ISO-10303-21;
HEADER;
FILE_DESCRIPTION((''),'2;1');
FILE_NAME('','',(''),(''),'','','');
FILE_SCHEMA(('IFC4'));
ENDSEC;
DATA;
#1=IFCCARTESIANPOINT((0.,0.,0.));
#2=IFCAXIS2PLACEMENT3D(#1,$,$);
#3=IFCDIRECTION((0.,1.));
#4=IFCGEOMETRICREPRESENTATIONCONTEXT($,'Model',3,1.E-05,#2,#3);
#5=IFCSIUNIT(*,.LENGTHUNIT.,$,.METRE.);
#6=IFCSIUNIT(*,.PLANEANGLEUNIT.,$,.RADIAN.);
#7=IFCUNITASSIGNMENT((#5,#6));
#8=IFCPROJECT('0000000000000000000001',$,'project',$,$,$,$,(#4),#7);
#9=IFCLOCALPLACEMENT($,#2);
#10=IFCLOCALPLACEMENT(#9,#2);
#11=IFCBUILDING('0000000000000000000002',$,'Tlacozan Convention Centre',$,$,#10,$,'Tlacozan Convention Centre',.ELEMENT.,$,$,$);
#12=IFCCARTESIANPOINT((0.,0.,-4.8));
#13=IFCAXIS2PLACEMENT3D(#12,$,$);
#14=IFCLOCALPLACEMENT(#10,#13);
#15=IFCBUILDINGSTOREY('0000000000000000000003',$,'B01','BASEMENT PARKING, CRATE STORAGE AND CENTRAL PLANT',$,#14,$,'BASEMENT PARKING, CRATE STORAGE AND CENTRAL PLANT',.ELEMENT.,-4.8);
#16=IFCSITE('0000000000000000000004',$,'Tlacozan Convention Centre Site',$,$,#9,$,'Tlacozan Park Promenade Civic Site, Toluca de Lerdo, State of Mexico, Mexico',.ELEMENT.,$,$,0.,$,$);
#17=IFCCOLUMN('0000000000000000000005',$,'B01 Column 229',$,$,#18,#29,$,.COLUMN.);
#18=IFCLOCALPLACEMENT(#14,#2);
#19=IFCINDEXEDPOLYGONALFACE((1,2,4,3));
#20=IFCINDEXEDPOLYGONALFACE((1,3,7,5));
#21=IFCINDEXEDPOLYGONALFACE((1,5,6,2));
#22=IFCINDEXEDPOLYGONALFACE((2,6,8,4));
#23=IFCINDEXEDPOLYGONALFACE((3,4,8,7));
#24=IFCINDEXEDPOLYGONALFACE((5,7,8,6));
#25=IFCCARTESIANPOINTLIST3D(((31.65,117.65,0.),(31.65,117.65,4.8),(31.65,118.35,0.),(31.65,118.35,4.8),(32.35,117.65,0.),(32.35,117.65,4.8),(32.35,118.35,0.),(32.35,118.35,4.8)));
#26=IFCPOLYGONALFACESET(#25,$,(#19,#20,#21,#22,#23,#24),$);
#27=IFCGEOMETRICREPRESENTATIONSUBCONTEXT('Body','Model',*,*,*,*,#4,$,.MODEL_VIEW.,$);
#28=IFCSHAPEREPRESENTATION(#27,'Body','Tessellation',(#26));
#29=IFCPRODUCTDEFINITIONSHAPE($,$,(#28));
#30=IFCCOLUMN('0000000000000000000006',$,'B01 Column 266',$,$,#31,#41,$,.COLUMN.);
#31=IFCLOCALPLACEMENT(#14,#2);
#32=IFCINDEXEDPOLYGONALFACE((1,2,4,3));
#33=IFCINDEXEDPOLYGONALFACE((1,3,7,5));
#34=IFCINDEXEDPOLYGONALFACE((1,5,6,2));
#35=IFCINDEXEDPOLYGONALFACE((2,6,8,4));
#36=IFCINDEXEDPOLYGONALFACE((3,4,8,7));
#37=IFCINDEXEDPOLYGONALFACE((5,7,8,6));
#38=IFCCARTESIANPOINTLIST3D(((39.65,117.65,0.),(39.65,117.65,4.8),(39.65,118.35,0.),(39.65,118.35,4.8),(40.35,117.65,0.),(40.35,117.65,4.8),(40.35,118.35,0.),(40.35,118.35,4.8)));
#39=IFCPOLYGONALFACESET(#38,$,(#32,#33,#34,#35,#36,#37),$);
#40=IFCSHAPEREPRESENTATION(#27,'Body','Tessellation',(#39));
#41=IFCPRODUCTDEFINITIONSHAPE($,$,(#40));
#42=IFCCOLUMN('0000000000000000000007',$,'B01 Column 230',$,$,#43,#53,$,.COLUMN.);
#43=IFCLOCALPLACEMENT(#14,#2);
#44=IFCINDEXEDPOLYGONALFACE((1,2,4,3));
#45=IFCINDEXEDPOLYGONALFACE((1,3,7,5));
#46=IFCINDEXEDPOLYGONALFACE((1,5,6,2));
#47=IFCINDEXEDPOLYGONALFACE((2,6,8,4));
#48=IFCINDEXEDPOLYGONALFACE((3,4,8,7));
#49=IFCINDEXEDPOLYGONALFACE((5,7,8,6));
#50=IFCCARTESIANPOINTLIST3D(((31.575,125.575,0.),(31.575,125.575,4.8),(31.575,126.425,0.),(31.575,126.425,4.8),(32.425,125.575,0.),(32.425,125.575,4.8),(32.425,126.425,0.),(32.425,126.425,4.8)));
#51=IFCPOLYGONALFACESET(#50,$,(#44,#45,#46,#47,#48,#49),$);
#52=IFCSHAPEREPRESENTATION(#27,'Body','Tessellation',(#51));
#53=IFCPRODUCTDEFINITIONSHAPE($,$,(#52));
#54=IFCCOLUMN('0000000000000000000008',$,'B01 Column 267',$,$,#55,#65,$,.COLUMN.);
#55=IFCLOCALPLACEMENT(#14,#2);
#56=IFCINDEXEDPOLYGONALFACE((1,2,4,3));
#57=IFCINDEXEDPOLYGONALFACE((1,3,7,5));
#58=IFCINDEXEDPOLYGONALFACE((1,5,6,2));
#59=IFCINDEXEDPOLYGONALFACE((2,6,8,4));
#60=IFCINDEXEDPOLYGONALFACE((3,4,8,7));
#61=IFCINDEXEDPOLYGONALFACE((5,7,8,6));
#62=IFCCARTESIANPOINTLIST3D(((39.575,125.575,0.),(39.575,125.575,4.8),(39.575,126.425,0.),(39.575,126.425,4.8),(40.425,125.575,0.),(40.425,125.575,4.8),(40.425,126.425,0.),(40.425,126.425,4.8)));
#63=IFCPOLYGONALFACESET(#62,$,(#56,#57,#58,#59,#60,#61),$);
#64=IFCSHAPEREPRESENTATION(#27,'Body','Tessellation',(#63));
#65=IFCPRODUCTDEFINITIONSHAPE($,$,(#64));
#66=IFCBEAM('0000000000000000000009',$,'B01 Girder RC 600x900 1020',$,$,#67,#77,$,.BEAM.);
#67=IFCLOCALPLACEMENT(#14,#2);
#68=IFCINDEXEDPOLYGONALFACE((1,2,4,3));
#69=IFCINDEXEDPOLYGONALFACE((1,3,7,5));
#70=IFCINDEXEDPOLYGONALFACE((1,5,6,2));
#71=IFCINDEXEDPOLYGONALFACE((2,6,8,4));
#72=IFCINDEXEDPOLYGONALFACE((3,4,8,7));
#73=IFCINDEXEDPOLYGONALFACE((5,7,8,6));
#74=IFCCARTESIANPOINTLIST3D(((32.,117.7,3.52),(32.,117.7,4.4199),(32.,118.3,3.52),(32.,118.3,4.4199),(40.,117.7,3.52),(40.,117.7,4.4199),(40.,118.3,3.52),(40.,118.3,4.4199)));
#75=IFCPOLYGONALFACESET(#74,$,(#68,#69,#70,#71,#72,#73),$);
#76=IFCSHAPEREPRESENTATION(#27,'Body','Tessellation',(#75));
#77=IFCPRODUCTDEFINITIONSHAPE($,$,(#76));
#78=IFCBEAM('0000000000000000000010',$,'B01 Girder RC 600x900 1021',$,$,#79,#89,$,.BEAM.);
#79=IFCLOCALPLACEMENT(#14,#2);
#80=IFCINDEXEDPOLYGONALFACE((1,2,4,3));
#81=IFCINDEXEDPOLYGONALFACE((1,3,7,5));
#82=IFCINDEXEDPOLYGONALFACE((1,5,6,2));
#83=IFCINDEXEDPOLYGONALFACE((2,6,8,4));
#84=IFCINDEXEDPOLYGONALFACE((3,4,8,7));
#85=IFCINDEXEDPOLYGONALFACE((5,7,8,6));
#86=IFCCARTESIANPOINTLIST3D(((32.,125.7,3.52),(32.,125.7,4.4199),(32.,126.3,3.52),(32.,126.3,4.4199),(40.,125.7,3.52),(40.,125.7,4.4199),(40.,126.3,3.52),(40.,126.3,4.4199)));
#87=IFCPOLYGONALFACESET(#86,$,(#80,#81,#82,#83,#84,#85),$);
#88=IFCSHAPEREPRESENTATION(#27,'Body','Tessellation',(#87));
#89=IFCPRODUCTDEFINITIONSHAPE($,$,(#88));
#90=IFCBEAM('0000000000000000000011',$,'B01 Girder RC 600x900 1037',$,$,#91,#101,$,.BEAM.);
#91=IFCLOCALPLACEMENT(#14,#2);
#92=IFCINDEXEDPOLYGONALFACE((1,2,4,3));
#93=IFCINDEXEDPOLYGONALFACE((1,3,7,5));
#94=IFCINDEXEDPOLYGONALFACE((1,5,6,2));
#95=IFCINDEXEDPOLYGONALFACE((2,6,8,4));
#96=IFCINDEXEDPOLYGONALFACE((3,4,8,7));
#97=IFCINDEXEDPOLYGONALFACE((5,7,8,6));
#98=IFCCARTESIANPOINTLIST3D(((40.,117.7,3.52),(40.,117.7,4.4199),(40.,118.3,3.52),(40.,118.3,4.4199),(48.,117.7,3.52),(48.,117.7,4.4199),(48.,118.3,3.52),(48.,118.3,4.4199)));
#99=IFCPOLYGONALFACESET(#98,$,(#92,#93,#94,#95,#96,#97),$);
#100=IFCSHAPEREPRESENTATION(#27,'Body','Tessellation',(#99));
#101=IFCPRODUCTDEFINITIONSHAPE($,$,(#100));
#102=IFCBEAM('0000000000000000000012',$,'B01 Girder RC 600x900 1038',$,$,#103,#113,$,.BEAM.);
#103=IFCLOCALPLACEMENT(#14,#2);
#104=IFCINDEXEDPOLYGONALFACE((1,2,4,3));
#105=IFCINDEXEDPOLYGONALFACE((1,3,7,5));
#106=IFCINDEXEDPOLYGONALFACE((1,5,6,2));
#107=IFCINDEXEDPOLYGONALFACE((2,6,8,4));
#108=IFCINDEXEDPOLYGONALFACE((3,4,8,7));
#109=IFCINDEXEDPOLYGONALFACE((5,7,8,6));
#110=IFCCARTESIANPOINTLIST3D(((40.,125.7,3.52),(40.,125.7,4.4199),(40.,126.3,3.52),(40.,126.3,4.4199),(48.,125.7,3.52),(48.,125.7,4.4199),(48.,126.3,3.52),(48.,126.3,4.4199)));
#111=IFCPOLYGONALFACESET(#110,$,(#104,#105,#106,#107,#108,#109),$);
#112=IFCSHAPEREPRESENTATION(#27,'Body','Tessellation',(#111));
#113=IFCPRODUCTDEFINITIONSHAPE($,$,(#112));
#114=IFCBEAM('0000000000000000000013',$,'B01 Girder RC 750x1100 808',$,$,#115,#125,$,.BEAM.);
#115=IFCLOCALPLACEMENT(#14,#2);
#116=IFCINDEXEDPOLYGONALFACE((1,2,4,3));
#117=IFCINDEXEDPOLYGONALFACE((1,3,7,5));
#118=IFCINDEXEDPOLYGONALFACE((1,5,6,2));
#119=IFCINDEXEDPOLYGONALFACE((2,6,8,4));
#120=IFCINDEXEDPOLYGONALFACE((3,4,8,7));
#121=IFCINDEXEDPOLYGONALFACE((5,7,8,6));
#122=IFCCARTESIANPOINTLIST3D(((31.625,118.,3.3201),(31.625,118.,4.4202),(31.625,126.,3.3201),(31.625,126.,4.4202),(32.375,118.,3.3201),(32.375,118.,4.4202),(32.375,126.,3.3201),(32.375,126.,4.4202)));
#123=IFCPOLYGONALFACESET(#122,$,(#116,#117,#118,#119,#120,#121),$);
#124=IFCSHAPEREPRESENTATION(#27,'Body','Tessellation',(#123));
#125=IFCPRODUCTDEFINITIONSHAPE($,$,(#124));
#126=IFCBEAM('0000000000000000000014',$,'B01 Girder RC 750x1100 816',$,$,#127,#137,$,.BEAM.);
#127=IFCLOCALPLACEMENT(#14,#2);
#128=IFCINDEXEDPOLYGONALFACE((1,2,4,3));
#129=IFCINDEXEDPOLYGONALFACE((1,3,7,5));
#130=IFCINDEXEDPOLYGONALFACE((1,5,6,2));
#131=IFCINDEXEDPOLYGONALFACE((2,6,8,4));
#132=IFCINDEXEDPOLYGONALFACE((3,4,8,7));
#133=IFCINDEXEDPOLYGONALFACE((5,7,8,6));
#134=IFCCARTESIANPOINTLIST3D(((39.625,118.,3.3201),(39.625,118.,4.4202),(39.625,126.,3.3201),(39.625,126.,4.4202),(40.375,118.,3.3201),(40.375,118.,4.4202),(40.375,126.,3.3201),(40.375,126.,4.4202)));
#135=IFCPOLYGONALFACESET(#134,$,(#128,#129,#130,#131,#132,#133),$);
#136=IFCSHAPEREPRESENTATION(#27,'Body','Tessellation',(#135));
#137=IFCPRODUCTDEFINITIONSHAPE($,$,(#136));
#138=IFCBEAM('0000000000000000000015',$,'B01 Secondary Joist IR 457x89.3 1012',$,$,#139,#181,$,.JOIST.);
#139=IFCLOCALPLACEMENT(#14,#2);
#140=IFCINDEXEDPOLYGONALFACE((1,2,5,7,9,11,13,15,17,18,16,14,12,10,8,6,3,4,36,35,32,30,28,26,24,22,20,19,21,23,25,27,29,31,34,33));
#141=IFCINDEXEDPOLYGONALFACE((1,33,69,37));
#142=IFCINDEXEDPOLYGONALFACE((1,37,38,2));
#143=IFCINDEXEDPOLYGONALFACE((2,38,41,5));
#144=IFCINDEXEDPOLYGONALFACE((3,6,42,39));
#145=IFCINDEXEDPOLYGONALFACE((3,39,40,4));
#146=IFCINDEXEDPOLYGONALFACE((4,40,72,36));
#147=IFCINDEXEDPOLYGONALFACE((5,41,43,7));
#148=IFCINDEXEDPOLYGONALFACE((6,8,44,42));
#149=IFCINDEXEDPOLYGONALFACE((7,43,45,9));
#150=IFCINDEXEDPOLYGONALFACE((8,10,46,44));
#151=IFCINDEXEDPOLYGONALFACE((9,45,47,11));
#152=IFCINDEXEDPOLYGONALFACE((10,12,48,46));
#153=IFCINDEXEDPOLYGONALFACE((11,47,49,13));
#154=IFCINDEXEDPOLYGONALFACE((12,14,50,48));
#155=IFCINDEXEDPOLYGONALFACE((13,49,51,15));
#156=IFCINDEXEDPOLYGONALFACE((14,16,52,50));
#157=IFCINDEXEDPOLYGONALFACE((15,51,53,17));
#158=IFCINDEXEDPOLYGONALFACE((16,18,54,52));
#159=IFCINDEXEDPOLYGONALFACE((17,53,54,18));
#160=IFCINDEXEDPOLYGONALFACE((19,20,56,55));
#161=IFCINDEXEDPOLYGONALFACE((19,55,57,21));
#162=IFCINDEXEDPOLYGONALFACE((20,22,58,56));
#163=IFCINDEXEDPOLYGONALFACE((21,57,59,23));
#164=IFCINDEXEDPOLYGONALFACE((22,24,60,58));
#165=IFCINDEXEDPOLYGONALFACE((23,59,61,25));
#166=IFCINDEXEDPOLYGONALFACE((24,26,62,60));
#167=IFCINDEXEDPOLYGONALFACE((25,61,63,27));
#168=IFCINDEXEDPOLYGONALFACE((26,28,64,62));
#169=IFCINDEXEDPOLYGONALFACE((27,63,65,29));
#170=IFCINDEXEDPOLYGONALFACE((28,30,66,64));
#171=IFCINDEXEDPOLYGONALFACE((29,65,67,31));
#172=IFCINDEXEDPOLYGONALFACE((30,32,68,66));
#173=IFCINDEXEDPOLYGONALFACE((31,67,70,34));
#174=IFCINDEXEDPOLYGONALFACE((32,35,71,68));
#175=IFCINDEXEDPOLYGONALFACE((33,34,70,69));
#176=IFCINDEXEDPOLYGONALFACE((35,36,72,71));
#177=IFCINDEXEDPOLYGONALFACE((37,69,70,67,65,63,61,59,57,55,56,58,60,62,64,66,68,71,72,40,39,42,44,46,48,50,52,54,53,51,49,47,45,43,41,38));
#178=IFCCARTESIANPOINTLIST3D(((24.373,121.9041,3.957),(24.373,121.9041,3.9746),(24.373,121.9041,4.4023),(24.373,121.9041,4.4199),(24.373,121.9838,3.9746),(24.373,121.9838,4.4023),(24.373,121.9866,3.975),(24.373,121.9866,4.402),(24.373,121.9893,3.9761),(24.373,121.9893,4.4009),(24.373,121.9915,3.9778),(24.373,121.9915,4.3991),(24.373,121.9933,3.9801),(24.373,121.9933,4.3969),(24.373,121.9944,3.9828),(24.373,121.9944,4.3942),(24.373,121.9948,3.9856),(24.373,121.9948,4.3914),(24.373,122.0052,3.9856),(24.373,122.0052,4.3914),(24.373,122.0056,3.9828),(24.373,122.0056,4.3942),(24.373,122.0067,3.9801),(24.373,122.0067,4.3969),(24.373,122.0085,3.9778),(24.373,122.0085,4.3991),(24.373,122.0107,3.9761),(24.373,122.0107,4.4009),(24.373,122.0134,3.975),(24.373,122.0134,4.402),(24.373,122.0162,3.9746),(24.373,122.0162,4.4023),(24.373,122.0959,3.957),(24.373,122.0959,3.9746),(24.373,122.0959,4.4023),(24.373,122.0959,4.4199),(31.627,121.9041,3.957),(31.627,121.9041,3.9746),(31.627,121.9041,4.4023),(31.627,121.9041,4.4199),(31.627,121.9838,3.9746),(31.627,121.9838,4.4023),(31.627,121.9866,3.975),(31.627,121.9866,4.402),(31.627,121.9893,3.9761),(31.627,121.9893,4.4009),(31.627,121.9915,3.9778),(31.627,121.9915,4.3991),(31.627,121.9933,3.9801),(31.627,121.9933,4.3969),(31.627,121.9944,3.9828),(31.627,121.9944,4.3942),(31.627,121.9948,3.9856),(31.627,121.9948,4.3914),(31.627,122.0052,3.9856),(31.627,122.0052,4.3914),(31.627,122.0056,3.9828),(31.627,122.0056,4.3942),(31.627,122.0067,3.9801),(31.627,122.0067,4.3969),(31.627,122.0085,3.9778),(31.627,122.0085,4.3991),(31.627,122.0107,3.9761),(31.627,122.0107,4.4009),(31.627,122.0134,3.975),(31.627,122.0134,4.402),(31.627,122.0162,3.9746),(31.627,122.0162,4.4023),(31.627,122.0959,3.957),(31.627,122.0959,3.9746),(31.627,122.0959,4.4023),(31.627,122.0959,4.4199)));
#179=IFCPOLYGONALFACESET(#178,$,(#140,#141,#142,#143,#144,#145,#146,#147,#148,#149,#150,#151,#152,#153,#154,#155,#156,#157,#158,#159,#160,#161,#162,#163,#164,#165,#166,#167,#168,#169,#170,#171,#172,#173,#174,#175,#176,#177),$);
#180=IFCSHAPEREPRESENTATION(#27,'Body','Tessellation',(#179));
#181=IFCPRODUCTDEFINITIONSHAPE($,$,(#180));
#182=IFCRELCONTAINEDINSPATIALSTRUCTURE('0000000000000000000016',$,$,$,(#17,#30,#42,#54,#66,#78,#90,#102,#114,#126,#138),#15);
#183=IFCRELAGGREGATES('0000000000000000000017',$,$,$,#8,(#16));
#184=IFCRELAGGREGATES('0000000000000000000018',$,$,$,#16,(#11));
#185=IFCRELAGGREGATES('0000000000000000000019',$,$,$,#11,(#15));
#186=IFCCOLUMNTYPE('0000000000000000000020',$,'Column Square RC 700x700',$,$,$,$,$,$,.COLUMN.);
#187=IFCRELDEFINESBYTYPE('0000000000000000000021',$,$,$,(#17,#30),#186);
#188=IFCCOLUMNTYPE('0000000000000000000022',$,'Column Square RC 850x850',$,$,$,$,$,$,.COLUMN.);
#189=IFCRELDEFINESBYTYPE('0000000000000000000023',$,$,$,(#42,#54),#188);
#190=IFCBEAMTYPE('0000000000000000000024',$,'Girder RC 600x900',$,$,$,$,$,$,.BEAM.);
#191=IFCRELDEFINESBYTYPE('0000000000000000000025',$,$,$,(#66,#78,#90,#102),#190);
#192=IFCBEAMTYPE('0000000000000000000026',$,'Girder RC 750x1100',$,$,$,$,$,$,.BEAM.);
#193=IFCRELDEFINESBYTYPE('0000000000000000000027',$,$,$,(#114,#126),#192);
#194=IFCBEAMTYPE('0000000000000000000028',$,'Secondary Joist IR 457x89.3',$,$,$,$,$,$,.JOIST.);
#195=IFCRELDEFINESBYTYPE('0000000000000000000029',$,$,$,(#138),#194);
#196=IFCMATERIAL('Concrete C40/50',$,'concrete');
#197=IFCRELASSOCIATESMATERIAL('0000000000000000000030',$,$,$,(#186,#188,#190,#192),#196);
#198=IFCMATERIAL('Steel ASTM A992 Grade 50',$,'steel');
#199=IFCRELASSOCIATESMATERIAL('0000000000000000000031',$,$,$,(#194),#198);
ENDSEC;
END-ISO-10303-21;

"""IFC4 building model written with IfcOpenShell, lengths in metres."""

from ifc_helpers import new_model, si_unit, direction, frame, origin, origin_2d, place, context, subcontext, project, spatial, rectangle, i_section, extrude, material, material_profile, profile_set, type_object, element, save


model = new_model("IFC4")

# Units and contexts
model_context = context("Model", 3, precision=1e-05, world=origin(), true_north=direction((0.0, 1.0)))
body_context = subcontext(model_context, "Body", "Model", "MODEL_VIEW")
ifc_project = project(units=[si_unit("LENGTHUNIT", "METRE"), si_unit("PLANEANGLEUNIT", "RADIAN")], contexts=[model_context])

# Site, building, storey
site_placement = place(None, origin())
site = spatial("IfcSite", under=ifc_project, at=site_placement, Name="Tlacozan Convention Centre Site", LongName="Tlacozan Park Promenade Civic Site, Toluca de Lerdo, State of Mexico, Mexico", CompositionType="ELEMENT", RefElevation=0.0)
building_placement = place(site_placement, origin())
building = spatial("IfcBuilding", under=site, at=building_placement, Name="Tlacozan Convention Centre", LongName="Tlacozan Convention Centre", CompositionType="ELEMENT")
storey_placement = place(building_placement, frame((0.0, 0.0, -4.8)))
storey = spatial("IfcBuildingStorey", under=building, at=storey_placement, Name="B01", Description="BASEMENT PARKING, CRATE STORAGE AND CENTRAL PLANT", LongName="BASEMENT PARKING, CRATE STORAGE AND CENTRAL PLANT", CompositionType="ELEMENT", Elevation=-4.8)

# Columns
ifc_material_1 = material(Name="Concrete C40/50", Category="concrete")
ifc_material_profile_1 = material_profile(ifc_material_1, rectangle(XDim=0.7, YDim=0.7, at=origin_2d()), Name="RC 700x700")
ifc_profile_set_1 = profile_set([ifc_material_profile_1], Name="Concrete C40/50")
column_type_1 = type_object("IfcColumnType", Name="Column Square RC 700x700", PredefinedType="COLUMN", material=ifc_profile_set_1)
for number, where, z_axis, x_axis, name in (
    (1, (32.0, 118.0, 0.0), (0.0, 0.0, 1.0), (1.0, 0.0, 0.0), "B01 Column 229"),
    (2, (40.0, 118.0, 0.0), (0.0, 0.0, 1.0), (1.0, 0.0, 0.0), "B01 Column 266"),
):
    element("IfcColumn", number, at=place(storey_placement, frame(where, z_axis=z_axis, x_axis=x_axis)), inside=storey, type_object=column_type_1, Name=name, PredefinedType="COLUMN", context=body_context, shape_type="SweptSolid", body=[
        extrude(rectangle(XDim=0.7, YDim=0.7, at=origin_2d()), origin(), (0.0, 0.0, 1.0), 4.8),
    ])
ifc_material_profile_2 = material_profile(ifc_material_1, rectangle(XDim=0.8501, YDim=0.8501, at=origin_2d()), Name="RC 850x850")
ifc_profile_set_2 = profile_set([ifc_material_profile_2], Name="Concrete C40/50")
column_type_2 = type_object("IfcColumnType", Name="Column Square RC 850x850", PredefinedType="COLUMN", material=ifc_profile_set_2)
for number, where, z_axis, x_axis, name in (
    (3, (32.0, 126.0, 0.0), (0.0, 0.0, 1.0), (1.0, 0.0, 0.0), "B01 Column 230"),
    (4, (40.0, 126.0, 0.0), (0.0, 0.0, 1.0), (1.0, 0.0, 0.0), "B01 Column 267"),
):
    element("IfcColumn", number, at=place(storey_placement, frame(where, z_axis=z_axis, x_axis=x_axis)), inside=storey, type_object=column_type_2, Name=name, PredefinedType="COLUMN", context=body_context, shape_type="SweptSolid", body=[
        extrude(rectangle(XDim=0.8501, YDim=0.8501, at=origin_2d()), origin(), (0.0, 0.0, 1.0), 4.8),
    ])

# Beams
ifc_material_profile_3 = material_profile(ifc_material_1, rectangle(XDim=0.6001, YDim=0.8999, at=origin_2d()), Name="RC 600x900")
ifc_profile_set_3 = profile_set([ifc_material_profile_3], Name="Concrete C40/50")
beam_type_1 = type_object("IfcBeamType", Name="Girder RC 600x900", PredefinedType="BEAM", material=ifc_profile_set_3)
for number, where, z_axis, x_axis, name in (
    (5, (32.0, 118.0, 3.97), (1.0, 0.0, 0.0), (0.0, 1.0, 0.0), "B01 Girder RC 600x900 1020"),
    (6, (32.0, 126.0, 3.97), (1.0, 0.0, 0.0), (0.0, 1.0, 0.0), "B01 Girder RC 600x900 1021"),
    (7, (40.0, 118.0, 3.97), (1.0, 0.0, 0.0), (0.0, 1.0, 0.0), "B01 Girder RC 600x900 1037"),
    (8, (40.0, 126.0, 3.97), (1.0, 0.0, 0.0), (0.0, 1.0, 0.0), "B01 Girder RC 600x900 1038"),
):
    element("IfcBeam", number, at=place(storey_placement, frame(where, z_axis=z_axis, x_axis=x_axis)), inside=storey, type_object=beam_type_1, Name=name, PredefinedType="BEAM", context=body_context, shape_type="SweptSolid", body=[
        extrude(rectangle(XDim=0.6001, YDim=0.8999, at=origin_2d()), origin(), (0.0, 0.0, 1.0), 8.0),
    ])
ifc_material_profile_4 = material_profile(ifc_material_1, rectangle(XDim=0.75, YDim=1.1001, at=origin_2d()), Name="RC 750x1100")
ifc_profile_set_4 = profile_set([ifc_material_profile_4], Name="Concrete C40/50")
beam_type_2 = type_object("IfcBeamType", Name="Girder RC 750x1100", PredefinedType="BEAM", material=ifc_profile_set_4)
for number, where, z_axis, x_axis, name in (
    (9, (32.0, 118.0, 3.8701), (0.0, 1.0, 0.0), (-1.0, 0.0, 0.0), "B01 Girder RC 750x1100 808"),
    (10, (40.0, 118.0, 3.8701), (0.0, 1.0, 0.0), (-1.0, 0.0, 0.0), "B01 Girder RC 750x1100 816"),
):
    element("IfcBeam", number, at=place(storey_placement, frame(where, z_axis=z_axis, x_axis=x_axis)), inside=storey, type_object=beam_type_2, Name=name, PredefinedType="BEAM", context=body_context, shape_type="SweptSolid", body=[
        extrude(rectangle(XDim=0.75, YDim=1.1001, at=origin_2d()), origin(), (0.0, 0.0, 1.0), 8.0),
    ])
ifc_material_2 = material(Name="Steel ASTM A992 Grade 50", Category="steel")
ifc_material_profile_5 = material_profile(ifc_material_2, i_section(OverallWidth=0.1919, OverallDepth=0.4629, WebThickness=0.0105, FlangeThickness=0.0176, FilletRadius=0.011, at=origin_2d()), Name="IR 457x89.3")
ifc_profile_set_5 = profile_set([ifc_material_profile_5], Name="Steel ASTM A992 Grade 50")
beam_type_3 = type_object("IfcBeamType", Name="Secondary Joist IR 457x89.3", PredefinedType="JOIST", material=ifc_profile_set_5)
for number, where, z_axis, x_axis, name in (
    (11, (24.373, 122.0, 4.1885), (1.0, 0.0, 0.0), (0.0, 1.0, 0.0), "B01 Secondary Joist IR 457x89.3 1012"),
):
    element("IfcBeam", number, at=place(storey_placement, frame(where, z_axis=z_axis, x_axis=x_axis)), inside=storey, type_object=beam_type_3, Name=name, PredefinedType="JOIST", context=body_context, shape_type="SweptSolid", body=[
        extrude(i_section(OverallWidth=0.1919, OverallDepth=0.4629, WebThickness=0.0105, FlangeThickness=0.0176, FilletRadius=0.011, at=origin_2d()), origin(), (0.0, 0.0, 1.0), 7.2539),
    ])

save(model, "model.ifc")
